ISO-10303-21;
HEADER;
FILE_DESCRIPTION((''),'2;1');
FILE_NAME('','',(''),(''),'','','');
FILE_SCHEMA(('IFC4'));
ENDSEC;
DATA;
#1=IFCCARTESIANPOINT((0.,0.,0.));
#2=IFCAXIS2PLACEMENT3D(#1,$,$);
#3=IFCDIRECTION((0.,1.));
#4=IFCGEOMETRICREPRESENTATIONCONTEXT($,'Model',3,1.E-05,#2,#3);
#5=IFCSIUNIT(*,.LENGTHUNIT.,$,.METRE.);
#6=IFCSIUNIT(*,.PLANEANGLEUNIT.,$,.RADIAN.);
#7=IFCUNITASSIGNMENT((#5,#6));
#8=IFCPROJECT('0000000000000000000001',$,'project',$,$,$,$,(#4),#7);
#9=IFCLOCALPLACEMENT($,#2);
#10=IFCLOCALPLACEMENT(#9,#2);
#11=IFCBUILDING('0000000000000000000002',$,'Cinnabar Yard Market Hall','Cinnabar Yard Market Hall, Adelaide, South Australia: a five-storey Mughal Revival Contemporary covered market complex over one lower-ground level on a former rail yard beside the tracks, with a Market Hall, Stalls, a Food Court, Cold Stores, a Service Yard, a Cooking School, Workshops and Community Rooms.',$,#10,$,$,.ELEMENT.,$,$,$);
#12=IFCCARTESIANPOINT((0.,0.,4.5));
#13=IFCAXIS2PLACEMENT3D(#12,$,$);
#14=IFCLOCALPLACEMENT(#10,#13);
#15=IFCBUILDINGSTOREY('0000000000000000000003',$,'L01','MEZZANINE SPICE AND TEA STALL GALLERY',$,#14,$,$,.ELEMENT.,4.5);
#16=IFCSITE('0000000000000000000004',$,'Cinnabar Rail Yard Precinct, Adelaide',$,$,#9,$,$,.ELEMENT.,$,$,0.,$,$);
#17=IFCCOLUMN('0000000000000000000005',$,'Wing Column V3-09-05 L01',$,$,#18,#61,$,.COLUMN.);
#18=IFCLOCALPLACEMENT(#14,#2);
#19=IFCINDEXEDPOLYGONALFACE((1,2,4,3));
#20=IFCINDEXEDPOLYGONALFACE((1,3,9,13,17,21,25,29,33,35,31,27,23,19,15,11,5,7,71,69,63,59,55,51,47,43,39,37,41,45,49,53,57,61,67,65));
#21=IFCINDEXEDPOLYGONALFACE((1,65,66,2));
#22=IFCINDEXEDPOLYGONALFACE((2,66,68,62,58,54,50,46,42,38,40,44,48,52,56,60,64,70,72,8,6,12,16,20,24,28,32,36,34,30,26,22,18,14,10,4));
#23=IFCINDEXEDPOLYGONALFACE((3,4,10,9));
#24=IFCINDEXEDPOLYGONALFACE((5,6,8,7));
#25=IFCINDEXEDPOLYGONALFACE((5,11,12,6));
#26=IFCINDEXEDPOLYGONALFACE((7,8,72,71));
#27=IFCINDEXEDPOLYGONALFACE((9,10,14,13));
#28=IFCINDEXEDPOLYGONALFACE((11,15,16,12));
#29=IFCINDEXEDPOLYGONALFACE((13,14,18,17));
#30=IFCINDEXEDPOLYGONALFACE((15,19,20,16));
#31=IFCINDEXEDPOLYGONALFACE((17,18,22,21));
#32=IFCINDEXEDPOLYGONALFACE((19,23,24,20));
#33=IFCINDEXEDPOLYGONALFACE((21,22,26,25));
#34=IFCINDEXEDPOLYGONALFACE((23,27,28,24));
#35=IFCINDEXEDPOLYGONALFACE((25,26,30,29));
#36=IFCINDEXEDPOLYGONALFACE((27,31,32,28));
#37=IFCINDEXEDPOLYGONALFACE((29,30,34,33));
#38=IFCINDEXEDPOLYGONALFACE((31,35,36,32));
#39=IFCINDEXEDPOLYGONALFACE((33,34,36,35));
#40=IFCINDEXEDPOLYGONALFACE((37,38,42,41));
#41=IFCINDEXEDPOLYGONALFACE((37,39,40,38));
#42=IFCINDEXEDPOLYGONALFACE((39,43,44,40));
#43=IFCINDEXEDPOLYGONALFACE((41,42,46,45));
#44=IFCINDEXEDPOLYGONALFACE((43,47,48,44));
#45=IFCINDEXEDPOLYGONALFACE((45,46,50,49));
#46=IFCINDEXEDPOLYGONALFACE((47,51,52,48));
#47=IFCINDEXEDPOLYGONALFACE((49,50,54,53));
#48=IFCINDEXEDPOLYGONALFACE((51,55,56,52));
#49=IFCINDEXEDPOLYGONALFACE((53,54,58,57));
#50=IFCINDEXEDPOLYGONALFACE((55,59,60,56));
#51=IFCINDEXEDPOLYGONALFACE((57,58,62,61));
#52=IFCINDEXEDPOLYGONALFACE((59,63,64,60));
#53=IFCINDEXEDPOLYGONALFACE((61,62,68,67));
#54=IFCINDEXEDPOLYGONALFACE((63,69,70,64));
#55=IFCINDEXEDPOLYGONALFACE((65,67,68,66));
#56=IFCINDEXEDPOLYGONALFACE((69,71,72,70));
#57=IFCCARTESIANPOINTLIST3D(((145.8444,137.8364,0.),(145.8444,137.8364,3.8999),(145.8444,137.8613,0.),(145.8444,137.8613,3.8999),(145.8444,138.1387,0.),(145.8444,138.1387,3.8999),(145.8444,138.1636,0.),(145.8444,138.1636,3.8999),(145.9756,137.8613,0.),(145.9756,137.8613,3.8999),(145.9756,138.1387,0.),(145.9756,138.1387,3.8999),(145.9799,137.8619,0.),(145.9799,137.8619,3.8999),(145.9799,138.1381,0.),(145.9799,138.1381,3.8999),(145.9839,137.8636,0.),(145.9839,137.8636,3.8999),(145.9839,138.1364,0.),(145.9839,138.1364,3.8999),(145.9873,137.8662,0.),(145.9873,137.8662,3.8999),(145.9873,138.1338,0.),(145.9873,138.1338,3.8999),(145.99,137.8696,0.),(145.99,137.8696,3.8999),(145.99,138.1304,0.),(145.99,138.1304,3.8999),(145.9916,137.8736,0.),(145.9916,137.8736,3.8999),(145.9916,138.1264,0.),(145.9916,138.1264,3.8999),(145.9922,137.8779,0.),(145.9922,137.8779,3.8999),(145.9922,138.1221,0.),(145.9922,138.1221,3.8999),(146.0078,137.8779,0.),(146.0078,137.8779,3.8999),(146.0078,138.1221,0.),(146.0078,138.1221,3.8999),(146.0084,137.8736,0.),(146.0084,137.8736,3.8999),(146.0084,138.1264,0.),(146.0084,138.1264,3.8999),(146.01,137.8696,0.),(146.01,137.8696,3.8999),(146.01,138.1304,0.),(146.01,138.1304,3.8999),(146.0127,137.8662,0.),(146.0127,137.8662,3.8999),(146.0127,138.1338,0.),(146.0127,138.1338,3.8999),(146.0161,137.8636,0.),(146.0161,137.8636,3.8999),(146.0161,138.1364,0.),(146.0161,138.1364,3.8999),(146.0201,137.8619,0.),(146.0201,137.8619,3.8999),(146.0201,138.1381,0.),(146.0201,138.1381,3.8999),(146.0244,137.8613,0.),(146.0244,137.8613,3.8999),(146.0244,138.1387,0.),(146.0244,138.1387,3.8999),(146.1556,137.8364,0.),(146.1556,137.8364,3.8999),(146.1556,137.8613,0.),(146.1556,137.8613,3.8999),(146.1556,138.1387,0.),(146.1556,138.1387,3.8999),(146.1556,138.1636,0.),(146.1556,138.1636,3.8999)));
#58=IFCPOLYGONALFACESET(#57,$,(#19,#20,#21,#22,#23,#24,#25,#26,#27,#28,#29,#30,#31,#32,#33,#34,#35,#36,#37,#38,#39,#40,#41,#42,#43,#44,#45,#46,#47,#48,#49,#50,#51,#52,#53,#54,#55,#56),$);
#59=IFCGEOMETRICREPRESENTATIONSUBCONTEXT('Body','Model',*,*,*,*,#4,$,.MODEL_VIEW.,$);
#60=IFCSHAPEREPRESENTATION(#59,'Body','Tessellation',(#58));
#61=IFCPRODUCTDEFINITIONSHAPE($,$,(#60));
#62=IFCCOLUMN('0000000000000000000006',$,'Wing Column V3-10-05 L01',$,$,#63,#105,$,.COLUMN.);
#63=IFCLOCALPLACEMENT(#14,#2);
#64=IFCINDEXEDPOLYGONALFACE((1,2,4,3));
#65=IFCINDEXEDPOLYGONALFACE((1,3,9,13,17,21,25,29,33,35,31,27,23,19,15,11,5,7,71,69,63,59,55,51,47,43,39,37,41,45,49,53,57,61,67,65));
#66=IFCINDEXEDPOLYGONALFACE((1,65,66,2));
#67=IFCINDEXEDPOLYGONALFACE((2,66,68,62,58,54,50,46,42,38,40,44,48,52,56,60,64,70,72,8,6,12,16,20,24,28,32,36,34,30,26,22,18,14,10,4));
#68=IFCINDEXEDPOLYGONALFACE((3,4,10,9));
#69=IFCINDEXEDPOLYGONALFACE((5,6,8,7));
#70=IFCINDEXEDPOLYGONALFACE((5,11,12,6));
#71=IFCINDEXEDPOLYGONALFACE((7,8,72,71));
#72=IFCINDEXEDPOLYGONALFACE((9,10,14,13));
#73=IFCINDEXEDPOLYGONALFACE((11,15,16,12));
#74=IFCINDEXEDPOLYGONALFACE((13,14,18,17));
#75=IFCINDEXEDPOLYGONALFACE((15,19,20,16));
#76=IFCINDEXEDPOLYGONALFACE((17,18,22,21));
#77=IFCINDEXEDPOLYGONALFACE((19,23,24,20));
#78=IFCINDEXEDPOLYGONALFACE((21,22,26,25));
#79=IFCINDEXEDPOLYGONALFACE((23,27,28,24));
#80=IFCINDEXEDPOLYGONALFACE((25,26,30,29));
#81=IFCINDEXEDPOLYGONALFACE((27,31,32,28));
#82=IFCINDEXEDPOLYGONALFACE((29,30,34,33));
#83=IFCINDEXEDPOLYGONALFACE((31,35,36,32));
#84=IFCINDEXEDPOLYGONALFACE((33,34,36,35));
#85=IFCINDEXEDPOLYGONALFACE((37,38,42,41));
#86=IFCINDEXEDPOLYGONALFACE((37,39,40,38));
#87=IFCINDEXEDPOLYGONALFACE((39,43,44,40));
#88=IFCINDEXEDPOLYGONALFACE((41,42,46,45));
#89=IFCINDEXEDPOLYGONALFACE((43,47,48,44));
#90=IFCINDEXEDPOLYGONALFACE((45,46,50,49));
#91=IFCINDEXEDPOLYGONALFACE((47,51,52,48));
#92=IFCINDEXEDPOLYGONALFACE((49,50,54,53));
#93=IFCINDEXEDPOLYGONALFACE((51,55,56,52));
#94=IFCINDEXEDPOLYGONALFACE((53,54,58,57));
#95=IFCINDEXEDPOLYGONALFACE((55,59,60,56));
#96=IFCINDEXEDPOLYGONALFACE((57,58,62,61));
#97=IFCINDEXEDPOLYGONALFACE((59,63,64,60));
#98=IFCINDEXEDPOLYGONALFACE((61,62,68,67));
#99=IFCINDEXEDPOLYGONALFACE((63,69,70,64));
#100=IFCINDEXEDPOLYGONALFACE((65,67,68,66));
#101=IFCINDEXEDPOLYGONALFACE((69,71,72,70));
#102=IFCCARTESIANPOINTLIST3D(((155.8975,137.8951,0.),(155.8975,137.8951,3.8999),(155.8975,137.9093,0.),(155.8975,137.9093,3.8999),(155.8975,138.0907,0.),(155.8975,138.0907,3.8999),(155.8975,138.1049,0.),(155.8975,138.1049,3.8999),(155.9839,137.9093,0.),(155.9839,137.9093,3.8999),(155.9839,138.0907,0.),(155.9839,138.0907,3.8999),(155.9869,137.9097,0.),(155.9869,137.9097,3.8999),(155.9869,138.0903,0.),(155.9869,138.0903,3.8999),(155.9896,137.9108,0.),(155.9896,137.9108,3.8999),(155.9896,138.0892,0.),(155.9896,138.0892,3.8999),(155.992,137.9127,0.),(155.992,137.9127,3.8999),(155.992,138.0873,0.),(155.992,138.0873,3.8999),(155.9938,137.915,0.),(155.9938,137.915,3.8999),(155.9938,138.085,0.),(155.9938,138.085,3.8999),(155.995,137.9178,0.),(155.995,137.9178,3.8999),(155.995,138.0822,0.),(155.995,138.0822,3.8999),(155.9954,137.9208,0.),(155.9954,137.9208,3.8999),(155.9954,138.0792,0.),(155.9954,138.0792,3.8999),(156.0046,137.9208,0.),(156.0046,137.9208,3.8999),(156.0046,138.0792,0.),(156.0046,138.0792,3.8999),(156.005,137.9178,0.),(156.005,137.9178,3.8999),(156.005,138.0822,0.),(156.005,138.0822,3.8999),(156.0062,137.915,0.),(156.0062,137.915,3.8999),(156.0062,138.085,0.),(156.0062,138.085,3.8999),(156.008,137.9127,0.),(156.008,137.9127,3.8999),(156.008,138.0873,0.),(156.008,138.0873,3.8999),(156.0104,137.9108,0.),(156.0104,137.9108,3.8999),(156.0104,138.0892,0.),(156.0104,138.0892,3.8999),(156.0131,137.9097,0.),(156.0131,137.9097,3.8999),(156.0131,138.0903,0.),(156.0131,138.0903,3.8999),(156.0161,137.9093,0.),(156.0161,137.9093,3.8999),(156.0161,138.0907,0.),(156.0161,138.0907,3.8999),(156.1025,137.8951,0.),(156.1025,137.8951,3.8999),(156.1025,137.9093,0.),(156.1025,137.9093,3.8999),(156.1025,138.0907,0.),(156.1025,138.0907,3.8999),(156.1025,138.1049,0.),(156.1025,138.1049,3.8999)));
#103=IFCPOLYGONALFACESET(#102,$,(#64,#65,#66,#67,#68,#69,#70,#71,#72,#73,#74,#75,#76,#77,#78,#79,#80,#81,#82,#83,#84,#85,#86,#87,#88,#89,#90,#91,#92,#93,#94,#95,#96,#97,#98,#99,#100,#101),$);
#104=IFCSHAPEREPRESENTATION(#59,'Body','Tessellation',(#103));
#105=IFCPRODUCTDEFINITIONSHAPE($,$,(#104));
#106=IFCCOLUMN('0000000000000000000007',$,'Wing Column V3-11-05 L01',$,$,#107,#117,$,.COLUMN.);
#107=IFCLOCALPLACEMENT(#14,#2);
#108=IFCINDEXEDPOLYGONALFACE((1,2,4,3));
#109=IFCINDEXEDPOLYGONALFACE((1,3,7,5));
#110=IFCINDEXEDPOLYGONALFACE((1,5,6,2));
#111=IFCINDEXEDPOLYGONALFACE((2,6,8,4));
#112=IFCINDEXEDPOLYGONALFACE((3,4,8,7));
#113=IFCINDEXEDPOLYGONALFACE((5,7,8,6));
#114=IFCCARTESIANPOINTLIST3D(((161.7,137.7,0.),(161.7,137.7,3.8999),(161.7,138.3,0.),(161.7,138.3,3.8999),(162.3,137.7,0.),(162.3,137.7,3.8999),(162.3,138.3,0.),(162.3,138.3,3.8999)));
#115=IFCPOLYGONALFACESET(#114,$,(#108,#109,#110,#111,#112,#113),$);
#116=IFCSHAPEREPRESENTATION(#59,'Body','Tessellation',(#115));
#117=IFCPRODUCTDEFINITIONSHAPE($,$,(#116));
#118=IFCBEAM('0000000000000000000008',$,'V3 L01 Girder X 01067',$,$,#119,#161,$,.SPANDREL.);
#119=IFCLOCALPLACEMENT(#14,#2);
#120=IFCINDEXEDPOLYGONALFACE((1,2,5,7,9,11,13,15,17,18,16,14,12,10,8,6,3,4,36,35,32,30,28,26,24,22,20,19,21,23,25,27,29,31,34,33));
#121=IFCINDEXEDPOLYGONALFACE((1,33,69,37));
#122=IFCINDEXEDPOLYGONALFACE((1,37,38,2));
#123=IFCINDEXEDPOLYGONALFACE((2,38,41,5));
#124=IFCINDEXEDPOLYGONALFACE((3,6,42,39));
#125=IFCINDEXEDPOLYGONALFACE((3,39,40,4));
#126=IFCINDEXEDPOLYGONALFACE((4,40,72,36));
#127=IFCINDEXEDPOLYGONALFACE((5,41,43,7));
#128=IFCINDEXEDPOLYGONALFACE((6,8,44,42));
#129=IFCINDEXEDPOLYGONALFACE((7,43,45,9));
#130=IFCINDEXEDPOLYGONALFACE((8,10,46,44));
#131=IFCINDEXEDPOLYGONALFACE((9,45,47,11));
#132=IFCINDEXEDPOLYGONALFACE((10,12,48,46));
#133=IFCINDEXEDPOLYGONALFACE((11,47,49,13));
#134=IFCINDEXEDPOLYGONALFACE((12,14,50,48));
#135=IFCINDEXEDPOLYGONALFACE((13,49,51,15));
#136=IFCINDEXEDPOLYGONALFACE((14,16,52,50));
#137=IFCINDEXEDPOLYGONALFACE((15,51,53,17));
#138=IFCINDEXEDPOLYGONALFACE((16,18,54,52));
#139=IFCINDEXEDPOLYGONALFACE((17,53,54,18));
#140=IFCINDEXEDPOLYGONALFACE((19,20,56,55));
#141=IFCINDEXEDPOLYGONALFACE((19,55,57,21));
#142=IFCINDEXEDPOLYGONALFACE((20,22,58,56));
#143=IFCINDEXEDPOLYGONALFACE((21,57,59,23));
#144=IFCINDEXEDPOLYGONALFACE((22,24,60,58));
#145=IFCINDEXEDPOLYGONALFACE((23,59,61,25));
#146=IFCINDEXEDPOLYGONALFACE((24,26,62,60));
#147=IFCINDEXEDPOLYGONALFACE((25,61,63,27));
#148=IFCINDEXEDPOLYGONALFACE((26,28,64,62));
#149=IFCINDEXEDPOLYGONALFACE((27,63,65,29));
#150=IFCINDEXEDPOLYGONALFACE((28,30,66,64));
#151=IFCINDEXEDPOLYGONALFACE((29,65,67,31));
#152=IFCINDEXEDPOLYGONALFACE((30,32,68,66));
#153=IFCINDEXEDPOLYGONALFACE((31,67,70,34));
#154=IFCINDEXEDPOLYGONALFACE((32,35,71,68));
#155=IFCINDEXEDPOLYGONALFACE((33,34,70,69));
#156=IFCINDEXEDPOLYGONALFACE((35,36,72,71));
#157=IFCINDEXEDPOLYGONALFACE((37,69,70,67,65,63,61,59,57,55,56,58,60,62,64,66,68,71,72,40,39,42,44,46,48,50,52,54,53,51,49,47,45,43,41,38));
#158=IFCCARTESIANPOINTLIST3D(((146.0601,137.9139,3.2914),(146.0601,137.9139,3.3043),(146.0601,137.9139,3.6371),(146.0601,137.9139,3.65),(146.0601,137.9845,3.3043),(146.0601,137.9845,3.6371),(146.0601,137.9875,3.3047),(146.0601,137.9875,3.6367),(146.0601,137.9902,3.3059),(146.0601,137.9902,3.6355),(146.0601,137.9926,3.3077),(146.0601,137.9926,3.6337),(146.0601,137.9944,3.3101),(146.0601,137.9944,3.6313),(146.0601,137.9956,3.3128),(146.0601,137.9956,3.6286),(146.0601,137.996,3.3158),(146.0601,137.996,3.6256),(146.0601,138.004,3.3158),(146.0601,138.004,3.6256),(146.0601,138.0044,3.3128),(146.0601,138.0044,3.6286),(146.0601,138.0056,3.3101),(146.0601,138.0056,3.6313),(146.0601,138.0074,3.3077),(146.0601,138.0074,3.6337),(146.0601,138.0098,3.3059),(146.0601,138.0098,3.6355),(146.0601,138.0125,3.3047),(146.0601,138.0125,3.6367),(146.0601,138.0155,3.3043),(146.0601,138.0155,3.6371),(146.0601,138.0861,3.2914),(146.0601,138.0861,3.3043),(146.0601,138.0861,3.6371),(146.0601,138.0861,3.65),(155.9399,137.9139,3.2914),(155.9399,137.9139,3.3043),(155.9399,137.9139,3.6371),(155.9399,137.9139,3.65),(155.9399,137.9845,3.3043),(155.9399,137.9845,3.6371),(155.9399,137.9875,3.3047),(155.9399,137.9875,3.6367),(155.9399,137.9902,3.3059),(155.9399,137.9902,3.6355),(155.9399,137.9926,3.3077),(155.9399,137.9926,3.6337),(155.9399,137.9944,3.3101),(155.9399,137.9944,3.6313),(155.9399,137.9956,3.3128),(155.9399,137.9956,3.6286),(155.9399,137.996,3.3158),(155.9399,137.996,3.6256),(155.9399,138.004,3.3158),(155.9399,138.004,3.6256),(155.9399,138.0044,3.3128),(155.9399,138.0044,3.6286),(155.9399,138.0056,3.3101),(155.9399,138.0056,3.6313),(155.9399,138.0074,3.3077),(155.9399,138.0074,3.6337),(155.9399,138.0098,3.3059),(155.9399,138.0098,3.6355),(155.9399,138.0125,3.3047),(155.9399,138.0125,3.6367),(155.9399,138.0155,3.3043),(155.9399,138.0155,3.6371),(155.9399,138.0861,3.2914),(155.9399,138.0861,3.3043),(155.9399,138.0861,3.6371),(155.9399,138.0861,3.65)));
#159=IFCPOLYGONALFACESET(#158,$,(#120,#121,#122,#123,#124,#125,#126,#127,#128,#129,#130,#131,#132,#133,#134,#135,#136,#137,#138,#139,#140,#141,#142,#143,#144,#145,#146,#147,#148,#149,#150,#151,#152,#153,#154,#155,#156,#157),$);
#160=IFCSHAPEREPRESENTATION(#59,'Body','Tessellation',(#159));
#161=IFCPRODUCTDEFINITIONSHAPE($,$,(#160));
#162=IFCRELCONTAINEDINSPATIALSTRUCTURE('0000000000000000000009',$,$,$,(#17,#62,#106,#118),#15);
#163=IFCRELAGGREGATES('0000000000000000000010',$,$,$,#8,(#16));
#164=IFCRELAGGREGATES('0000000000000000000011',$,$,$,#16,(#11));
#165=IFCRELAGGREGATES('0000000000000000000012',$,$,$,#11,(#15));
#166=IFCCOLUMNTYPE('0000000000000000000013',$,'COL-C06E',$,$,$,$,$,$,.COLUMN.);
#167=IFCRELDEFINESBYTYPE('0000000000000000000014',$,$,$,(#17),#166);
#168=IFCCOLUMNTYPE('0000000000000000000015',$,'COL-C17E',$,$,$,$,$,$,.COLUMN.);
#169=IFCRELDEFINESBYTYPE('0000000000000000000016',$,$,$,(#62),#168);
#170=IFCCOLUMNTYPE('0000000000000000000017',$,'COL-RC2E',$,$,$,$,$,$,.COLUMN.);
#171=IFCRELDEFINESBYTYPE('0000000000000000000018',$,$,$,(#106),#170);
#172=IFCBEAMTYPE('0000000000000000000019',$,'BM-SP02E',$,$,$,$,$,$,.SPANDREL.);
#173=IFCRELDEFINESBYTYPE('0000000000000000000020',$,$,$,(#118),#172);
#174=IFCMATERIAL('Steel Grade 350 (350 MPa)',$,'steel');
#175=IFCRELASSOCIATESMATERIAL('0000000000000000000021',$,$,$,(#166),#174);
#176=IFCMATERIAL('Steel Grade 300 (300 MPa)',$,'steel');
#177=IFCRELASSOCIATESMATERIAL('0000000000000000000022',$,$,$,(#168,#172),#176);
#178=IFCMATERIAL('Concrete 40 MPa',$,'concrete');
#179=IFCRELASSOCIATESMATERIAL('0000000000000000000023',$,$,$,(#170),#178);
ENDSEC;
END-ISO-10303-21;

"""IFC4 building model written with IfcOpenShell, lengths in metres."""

from ifc_helpers import new_model, si_unit, direction, frame, origin, origin_2d_with_axis, place, context, subcontext, project, spatial, rectangle, i_section, extrude, material, material_profile, profile_set, type_object, element, save


model = new_model("IFC4")

# Units and contexts
model_context = context("Model", 3, precision=1e-05, world=origin(), true_north=direction((0.0, 1.0)))
body_context = subcontext(model_context, "Body", "Model", "MODEL_VIEW")
ifc_project = project(units=[si_unit("LENGTHUNIT", "METRE"), si_unit("PLANEANGLEUNIT", "RADIAN")], contexts=[model_context])

# Site, building, storey
site_placement = place(None, origin())
site = spatial("IfcSite", under=ifc_project, at=site_placement, Name="Cinnabar Rail Yard Precinct, Adelaide", CompositionType="ELEMENT", RefElevation=0.0)
building_placement = place(site_placement, origin())
building = spatial("IfcBuilding", under=site, at=building_placement, Name="Cinnabar Yard Market Hall", Description="Cinnabar Yard Market Hall, Adelaide, South Australia: a five-storey Mughal Revival Contemporary covered market complex over one lower-ground level on a former rail yard beside the tracks, with a Market Hall, Stalls, a Food Court, Cold Stores, a Service Yard, a Cooking School, Workshops and Community Rooms.", CompositionType="ELEMENT")
storey_placement = place(building_placement, frame((0.0, 0.0, 4.5)))
storey = spatial("IfcBuildingStorey", under=building, at=storey_placement, Name="L01", Description="MEZZANINE SPICE AND TEA STALL GALLERY", CompositionType="ELEMENT", Elevation=4.5)

# Columns
ifc_material_1 = material(Name="Steel Grade 350 (350 MPa)", Category="steel")
ifc_material_profile_1 = material_profile(ifc_material_1, i_section(OverallWidth=0.3113, OverallDepth=0.3271, WebThickness=0.0156, FlangeThickness=0.0249, FilletRadius=0.0166, at=origin_2d_with_axis()), Name="310UC158")
ifc_profile_set_1 = profile_set([ifc_material_profile_1], Name="Steel Grade 350 (350 MPa)")
column_type_1 = type_object("IfcColumnType", Name="COL-C06E", PredefinedType="COLUMN", material=ifc_profile_set_1)
column_1_placement = place(storey_placement, frame((146.0, 138.0, 0.0), z_axis=(0.0, 0.0, 1.0), x_axis=(1.0, 0.0, 0.0)))
element("IfcColumn", 1, at=column_1_placement, inside=storey, type_object=column_type_1, Name="Wing Column V3-09-05 L01", PredefinedType="COLUMN", context=body_context, shape_type="SweptSolid", body=[
    extrude(i_section(OverallWidth=0.3113, OverallDepth=0.3271, WebThickness=0.0156, FlangeThickness=0.0249, FilletRadius=0.0166, at=origin_2d_with_axis()), origin(), (0.0, 0.0, 1.0), 3.8999),
])
ifc_material_2 = material(Name="Steel Grade 300 (300 MPa)", Category="steel")
ifc_material_profile_2 = material_profile(ifc_material_2, i_section(OverallWidth=0.2051, OverallDepth=0.2097, WebThickness=0.0093, FlangeThickness=0.0142, FilletRadius=0.0115, at=origin_2d_with_axis()), Name="200UC59.5")
ifc_profile_set_2 = profile_set([ifc_material_profile_2], Name="Steel Grade 300 (300 MPa)")
column_type_2 = type_object("IfcColumnType", Name="COL-C17E", PredefinedType="COLUMN", material=ifc_profile_set_2)
column_2_placement = place(storey_placement, frame((156.0, 138.0, 0.0), z_axis=(0.0, 0.0, 1.0), x_axis=(1.0, 0.0, 0.0)))
element("IfcColumn", 2, at=column_2_placement, inside=storey, type_object=column_type_2, Name="Wing Column V3-10-05 L01", PredefinedType="COLUMN", context=body_context, shape_type="SweptSolid", body=[
    extrude(i_section(OverallWidth=0.2051, OverallDepth=0.2097, WebThickness=0.0093, FlangeThickness=0.0142, FilletRadius=0.0115, at=origin_2d_with_axis()), origin(), (0.0, 0.0, 1.0), 3.8999),
])
ifc_material_3 = material(Name="Concrete 40 MPa", Category="concrete")
ifc_material_profile_3 = material_profile(ifc_material_3, rectangle(XDim=0.6001, YDim=0.6001, at=origin_2d_with_axis()), Name="RC-600x600")
ifc_profile_set_3 = profile_set([ifc_material_profile_3], Name="Concrete 40 MPa")
column_type_3 = type_object("IfcColumnType", Name="COL-RC2E", PredefinedType="COLUMN", material=ifc_profile_set_3)
column_3_placement = place(storey_placement, frame((162.0, 138.0, 0.0), z_axis=(0.0, 0.0, 1.0), x_axis=(1.0, 0.0, 0.0)))
element("IfcColumn", 3, at=column_3_placement, inside=storey, type_object=column_type_3, Name="Wing Column V3-11-05 L01", PredefinedType="COLUMN", context=body_context, shape_type="SweptSolid", body=[
    extrude(rectangle(XDim=0.6001, YDim=0.6001, at=origin_2d_with_axis()), origin(), (0.0, 0.0, 1.0), 3.8999),
])

# Beam
ifc_material_profile_4 = material_profile(ifc_material_2, i_section(OverallWidth=0.1721, OverallDepth=0.3586, WebThickness=0.0081, FlangeThickness=0.0129, FilletRadius=0.0115, at=origin_2d_with_axis()), Name="360UB56.7")
ifc_profile_set_4 = profile_set([ifc_material_profile_4], Name="Steel Grade 300 (300 MPa)")
beam_type = type_object("IfcBeamType", Name="BM-SP02E", PredefinedType="SPANDREL", material=ifc_profile_set_4)
beam_1_placement = place(storey_placement, frame((146.0601, 138.0, 3.4707), z_axis=(1.0, 0.0, 0.0), x_axis=(0.0, 1.0, 0.0)))
element("IfcBeam", 4, at=beam_1_placement, inside=storey, type_object=beam_type, Name="V3 L01 Girder X 01067", PredefinedType="SPANDREL", context=body_context, shape_type="SweptSolid", body=[
    extrude(i_section(OverallWidth=0.1721, OverallDepth=0.3586, WebThickness=0.0081, FlangeThickness=0.0129, FilletRadius=0.0115, at=origin_2d_with_axis()), origin(), (0.0, 0.0, 1.0), 9.8799),
])

save(model, "model.ifc")
